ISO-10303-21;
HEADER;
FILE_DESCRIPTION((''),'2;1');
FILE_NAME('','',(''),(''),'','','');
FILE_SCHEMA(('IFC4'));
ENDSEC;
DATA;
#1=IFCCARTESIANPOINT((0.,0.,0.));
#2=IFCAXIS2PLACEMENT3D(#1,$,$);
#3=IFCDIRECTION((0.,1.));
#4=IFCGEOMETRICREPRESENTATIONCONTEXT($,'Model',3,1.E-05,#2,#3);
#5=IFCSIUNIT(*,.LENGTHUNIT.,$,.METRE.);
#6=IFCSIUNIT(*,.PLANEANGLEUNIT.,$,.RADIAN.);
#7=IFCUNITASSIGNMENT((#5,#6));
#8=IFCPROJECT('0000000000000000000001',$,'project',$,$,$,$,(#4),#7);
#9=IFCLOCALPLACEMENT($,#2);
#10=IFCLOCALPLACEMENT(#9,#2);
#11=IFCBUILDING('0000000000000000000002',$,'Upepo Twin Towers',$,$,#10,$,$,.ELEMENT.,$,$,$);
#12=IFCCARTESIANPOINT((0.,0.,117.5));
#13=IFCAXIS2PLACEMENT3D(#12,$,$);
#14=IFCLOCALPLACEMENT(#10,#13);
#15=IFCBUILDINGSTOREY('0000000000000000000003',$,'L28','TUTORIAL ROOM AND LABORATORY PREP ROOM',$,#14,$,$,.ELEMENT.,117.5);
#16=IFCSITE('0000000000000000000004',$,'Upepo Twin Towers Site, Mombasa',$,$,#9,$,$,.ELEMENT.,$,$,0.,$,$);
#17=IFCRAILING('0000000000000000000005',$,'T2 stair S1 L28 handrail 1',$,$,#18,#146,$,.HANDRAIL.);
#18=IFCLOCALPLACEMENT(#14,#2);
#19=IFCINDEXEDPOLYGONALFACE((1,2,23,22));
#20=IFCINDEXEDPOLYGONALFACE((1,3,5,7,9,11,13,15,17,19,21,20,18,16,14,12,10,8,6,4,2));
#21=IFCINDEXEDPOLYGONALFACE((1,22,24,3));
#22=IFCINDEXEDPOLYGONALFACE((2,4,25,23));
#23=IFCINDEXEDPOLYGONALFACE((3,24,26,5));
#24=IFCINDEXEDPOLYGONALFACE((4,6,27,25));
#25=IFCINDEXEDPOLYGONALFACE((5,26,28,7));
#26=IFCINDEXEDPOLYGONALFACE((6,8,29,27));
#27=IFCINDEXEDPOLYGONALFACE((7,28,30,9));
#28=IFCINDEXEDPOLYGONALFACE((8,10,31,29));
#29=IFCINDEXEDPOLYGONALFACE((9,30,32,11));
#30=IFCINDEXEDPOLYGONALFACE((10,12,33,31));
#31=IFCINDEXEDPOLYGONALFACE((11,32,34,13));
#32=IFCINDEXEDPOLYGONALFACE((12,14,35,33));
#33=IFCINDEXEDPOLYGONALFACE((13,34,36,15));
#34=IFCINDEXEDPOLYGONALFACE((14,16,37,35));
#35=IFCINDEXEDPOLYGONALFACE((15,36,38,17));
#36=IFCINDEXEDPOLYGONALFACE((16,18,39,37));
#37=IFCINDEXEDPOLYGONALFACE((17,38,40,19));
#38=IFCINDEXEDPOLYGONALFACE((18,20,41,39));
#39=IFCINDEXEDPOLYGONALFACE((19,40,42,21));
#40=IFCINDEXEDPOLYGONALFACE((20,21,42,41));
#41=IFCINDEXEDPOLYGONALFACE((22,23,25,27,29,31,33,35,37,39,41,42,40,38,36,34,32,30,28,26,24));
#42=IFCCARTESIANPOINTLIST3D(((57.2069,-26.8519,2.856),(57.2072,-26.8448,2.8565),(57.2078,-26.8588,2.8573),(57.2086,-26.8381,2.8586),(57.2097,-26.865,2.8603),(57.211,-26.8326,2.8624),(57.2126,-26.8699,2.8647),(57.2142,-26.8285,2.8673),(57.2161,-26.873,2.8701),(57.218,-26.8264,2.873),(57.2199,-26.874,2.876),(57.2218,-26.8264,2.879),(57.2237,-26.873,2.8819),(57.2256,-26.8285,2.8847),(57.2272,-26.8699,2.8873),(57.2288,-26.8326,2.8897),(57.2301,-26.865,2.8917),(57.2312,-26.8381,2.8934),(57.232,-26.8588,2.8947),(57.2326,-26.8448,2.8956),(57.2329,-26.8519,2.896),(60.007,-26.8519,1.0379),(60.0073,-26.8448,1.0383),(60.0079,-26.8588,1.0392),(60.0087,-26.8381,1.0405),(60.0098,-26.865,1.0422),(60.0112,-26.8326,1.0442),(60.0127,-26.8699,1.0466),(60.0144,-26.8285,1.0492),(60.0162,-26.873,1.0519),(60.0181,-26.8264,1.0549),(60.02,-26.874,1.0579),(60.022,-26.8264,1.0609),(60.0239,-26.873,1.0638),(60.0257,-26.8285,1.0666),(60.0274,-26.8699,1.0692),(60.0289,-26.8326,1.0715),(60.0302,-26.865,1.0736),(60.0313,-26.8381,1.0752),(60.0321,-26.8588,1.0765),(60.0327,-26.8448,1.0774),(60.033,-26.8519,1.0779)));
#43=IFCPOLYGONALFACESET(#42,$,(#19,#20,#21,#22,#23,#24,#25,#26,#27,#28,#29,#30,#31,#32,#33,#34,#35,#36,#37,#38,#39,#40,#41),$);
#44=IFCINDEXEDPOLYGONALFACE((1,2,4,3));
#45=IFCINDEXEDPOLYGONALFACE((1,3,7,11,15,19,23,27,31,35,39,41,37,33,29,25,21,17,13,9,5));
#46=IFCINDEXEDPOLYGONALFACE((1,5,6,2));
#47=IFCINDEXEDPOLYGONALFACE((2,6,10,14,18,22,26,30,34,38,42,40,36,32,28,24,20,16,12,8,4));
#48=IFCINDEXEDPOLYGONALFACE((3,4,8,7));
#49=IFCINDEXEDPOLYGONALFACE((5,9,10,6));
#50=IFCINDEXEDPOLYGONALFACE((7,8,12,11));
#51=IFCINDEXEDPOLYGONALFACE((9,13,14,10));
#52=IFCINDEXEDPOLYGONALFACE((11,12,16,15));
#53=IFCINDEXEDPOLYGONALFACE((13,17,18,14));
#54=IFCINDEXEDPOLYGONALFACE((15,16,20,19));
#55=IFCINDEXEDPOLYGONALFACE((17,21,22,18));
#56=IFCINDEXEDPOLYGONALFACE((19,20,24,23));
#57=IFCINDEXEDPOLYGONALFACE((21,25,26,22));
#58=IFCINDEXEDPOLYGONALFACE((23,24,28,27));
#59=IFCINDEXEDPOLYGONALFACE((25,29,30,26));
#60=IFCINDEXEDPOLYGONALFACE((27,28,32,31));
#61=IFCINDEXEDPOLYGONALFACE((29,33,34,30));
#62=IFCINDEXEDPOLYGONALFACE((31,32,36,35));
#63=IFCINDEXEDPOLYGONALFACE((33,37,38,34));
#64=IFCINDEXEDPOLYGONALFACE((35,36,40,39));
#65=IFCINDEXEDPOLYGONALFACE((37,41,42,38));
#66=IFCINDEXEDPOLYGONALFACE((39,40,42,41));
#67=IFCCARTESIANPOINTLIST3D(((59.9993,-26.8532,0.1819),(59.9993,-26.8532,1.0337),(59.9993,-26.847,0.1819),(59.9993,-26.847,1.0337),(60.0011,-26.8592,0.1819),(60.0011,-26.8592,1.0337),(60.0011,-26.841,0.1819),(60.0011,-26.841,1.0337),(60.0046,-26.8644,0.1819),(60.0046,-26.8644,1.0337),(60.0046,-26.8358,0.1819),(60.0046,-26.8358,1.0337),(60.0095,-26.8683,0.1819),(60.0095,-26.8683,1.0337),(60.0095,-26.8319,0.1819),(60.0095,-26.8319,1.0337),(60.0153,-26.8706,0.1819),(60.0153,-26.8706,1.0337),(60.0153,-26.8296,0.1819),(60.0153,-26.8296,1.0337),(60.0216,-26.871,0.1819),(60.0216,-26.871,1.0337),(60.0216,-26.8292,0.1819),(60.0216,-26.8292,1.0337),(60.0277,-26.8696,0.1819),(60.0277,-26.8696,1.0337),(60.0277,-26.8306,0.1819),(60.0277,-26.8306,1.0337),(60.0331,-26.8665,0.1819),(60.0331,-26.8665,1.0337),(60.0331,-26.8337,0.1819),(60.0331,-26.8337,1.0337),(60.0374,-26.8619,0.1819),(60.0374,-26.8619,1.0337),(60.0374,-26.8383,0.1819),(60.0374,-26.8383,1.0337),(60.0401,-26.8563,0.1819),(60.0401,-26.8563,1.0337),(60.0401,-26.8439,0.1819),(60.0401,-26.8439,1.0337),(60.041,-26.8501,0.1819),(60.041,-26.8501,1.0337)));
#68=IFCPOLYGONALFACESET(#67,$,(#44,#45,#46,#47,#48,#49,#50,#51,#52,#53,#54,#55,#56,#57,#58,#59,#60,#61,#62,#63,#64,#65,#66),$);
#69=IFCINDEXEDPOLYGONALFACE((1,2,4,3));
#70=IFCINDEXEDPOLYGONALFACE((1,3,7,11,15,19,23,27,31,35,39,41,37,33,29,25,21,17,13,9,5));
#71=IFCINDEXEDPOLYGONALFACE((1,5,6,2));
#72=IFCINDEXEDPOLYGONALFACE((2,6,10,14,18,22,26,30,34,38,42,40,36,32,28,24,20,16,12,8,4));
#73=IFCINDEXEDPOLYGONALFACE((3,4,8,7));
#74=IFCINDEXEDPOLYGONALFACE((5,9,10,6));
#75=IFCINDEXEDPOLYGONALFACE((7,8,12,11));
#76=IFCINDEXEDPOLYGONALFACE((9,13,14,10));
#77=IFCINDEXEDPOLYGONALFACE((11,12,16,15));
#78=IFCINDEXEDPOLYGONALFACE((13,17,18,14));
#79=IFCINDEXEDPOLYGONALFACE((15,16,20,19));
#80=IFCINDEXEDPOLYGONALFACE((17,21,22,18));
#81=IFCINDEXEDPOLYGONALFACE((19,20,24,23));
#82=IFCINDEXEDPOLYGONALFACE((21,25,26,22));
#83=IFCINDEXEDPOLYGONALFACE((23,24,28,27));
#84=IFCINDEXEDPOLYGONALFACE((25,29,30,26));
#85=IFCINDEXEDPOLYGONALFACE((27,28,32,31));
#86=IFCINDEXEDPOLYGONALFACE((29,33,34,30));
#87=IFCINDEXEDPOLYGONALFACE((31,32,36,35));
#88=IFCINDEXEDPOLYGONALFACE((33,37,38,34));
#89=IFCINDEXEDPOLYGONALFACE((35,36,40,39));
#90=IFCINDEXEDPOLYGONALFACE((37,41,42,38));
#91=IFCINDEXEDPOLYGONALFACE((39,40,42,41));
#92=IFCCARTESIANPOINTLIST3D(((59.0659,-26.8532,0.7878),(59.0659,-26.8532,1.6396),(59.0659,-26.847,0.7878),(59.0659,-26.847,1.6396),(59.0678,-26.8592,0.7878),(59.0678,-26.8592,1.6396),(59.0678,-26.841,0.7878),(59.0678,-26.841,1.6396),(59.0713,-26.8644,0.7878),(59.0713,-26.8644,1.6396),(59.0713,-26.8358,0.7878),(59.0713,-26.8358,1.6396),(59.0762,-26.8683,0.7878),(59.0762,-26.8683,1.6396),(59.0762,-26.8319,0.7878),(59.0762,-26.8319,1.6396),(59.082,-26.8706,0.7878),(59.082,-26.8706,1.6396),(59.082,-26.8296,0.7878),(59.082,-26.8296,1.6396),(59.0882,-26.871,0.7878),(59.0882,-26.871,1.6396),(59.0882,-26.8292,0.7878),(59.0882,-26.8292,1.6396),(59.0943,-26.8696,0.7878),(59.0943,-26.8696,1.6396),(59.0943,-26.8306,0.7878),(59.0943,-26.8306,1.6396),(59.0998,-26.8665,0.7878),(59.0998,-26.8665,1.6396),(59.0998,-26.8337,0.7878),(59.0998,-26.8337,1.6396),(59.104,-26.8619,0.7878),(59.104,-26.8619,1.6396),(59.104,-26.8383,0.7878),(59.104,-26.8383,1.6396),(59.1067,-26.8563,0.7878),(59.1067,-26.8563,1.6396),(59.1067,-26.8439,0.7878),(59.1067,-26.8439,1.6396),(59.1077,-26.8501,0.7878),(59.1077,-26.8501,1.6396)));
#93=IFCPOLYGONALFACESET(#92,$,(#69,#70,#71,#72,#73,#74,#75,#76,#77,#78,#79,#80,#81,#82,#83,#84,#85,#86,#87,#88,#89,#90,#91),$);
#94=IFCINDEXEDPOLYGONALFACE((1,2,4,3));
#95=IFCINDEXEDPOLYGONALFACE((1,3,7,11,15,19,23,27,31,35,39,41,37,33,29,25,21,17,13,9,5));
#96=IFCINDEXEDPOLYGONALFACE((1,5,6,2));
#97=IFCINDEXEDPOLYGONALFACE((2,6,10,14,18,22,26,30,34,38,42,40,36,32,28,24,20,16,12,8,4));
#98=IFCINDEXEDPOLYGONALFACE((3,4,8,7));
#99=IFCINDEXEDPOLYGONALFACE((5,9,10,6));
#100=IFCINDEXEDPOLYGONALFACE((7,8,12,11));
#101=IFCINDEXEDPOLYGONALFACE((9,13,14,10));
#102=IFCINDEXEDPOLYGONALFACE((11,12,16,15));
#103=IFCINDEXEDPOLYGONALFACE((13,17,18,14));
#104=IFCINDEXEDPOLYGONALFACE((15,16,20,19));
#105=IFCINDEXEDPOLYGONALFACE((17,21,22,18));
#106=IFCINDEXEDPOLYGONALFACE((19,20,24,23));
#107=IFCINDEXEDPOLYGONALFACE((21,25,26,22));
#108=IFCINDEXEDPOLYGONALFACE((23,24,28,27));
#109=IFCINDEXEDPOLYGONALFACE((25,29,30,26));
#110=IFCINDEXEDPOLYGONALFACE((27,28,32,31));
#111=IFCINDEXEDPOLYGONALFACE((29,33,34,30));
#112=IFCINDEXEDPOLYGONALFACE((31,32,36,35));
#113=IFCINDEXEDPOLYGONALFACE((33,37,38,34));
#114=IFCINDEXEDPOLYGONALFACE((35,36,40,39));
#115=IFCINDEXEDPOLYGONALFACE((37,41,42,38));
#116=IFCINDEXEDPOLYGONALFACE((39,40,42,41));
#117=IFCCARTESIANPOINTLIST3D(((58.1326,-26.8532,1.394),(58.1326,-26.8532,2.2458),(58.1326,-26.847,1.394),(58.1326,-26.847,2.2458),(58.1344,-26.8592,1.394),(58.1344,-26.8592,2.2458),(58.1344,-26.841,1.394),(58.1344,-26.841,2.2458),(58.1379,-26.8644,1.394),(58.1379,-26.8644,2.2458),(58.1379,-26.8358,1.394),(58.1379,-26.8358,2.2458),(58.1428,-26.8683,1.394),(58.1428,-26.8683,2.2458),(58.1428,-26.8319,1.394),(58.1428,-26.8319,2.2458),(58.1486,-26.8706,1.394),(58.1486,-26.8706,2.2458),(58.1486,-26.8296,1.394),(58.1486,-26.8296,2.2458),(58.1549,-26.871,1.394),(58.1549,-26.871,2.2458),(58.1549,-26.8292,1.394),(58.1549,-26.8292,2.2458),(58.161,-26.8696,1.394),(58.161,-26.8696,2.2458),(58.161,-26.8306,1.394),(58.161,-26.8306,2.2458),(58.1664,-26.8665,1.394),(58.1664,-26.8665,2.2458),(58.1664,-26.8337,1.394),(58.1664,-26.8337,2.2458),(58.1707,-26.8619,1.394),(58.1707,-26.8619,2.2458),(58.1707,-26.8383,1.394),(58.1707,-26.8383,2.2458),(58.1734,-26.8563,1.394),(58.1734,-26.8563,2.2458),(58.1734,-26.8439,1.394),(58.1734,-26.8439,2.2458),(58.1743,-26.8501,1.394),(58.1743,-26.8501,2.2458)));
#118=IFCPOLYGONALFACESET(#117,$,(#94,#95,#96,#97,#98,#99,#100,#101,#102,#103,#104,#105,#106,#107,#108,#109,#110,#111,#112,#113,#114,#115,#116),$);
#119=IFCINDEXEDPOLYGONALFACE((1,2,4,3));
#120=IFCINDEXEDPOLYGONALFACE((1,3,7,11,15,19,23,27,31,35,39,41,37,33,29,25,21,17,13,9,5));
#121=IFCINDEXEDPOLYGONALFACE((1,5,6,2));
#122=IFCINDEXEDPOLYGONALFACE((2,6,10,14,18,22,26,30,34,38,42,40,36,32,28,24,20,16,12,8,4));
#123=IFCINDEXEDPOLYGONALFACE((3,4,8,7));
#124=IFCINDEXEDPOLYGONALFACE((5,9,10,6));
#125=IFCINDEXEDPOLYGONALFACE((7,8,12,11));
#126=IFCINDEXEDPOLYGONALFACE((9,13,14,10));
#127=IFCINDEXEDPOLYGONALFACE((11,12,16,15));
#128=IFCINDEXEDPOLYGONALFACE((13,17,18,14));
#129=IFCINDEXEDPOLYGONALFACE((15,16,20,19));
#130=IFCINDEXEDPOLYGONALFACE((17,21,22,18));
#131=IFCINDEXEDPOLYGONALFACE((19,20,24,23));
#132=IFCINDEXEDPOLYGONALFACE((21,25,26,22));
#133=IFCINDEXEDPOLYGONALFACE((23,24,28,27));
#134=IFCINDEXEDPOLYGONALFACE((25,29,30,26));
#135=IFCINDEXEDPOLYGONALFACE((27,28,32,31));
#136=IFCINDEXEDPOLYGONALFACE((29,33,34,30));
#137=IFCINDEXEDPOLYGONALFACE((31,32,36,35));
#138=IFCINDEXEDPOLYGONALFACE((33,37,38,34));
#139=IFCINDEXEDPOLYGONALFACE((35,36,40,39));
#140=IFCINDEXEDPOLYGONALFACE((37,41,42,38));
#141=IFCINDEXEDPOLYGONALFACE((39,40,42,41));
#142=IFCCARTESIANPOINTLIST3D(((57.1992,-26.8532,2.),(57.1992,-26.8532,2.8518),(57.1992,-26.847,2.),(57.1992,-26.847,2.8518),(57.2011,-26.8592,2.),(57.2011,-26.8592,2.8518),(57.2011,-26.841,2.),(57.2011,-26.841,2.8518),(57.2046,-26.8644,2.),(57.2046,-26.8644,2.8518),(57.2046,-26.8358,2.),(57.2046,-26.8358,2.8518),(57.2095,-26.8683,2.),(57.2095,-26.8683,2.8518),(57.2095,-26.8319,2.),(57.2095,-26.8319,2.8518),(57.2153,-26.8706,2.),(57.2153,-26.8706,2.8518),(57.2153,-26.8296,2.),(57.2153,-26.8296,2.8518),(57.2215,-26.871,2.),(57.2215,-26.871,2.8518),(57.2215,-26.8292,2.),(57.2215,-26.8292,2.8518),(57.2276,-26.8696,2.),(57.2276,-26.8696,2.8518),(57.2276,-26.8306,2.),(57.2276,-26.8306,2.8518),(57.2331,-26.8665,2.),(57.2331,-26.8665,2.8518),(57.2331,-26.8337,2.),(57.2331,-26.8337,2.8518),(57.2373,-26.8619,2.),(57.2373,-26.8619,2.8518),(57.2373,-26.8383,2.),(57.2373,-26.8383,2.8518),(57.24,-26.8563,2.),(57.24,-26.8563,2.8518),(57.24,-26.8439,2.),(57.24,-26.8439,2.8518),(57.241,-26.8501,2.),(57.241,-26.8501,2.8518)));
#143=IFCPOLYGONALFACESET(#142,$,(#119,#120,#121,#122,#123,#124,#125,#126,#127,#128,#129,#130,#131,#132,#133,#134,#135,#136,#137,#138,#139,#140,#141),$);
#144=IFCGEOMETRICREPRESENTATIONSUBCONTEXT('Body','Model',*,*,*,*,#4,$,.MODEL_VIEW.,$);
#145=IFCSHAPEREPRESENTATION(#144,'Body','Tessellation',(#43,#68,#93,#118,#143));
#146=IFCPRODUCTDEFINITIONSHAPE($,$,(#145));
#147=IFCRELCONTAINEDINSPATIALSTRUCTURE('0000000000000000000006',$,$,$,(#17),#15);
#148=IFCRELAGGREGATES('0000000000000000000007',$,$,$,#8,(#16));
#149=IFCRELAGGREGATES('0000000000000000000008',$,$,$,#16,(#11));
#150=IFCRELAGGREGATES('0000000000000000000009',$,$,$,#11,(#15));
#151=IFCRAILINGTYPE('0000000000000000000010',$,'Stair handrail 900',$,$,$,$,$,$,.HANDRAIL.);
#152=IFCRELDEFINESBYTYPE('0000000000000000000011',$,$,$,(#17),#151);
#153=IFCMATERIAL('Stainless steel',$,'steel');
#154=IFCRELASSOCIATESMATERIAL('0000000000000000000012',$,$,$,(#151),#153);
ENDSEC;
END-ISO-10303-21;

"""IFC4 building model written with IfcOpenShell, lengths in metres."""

from ifc_helpers import new_model, si_unit, direction, frame, origin, origin_2d, place, context, subcontext, project, spatial, circle, extrude, material, type_object, element, save


model = new_model("IFC4")

# Units and contexts
model_context = context("Model", 3, precision=1e-05, world=origin(), true_north=direction((0.0, 1.0)))
body_context = subcontext(model_context, "Body", "Model", "MODEL_VIEW")
ifc_project = project(units=[si_unit("LENGTHUNIT", "METRE"), si_unit("PLANEANGLEUNIT", "RADIAN")], contexts=[model_context])

# Site, building, storey
site_placement = place(None, origin())
site = spatial("IfcSite", under=ifc_project, at=site_placement, Name="Upepo Twin Towers Site, Mombasa", CompositionType="ELEMENT", RefElevation=0.0)
building_placement = place(site_placement, origin())
building = spatial("IfcBuilding", under=site, at=building_placement, Name="Upepo Twin Towers", CompositionType="ELEMENT")
storey_placement = place(building_placement, frame((0.0, 0.0, 117.5)))
storey = spatial("IfcBuildingStorey", under=building, at=storey_placement, Name="L28", Description="TUTORIAL ROOM AND LABORATORY PREP ROOM", CompositionType="ELEMENT", Elevation=117.5)

# Railing
ifc_material_1 = material(Name="Stainless steel", Category="steel")
railing_type = type_object("IfcRailingType", Name="Stair handrail 900", PredefinedType="HANDRAIL", material=ifc_material_1)
railing_1_placement = place(storey_placement, frame((60.02, -26.8501, 0.1819)))
element("IfcRailing", 1, at=railing_1_placement, inside=storey, type_object=railing_type, Name="T2 stair S1 L28 handrail 1", PredefinedType="HANDRAIL", context=body_context, shape_type="SweptSolid", body=[
    extrude(circle(Radius=0.0239, at=origin_2d()), frame((0.0, 0.0, 0.876), z_axis=(-0.838706, 0.0, 0.544585), x_axis=(0.0, -1.0, 0.0)), (0.0, 0.0, 1.0), 3.3386),
    extrude(circle(Radius=0.021, at=origin_2d()), origin(), (0.0, 0.0, 1.0), 0.8518),
    extrude(circle(Radius=0.021, at=origin_2d()), frame((-0.9333, 0.0, 0.606)), (0.0, 0.0, 1.0), 0.8518),
    extrude(circle(Radius=0.021, at=origin_2d()), frame((-1.8667, 0.0, 1.2122)), (0.0, 0.0, 1.0), 0.8518),
    extrude(circle(Radius=0.021, at=origin_2d()), frame((-2.8, 0.0, 1.8181)), (0.0, 0.0, 1.0), 0.8518),
])

save(model, "model.ifc")
